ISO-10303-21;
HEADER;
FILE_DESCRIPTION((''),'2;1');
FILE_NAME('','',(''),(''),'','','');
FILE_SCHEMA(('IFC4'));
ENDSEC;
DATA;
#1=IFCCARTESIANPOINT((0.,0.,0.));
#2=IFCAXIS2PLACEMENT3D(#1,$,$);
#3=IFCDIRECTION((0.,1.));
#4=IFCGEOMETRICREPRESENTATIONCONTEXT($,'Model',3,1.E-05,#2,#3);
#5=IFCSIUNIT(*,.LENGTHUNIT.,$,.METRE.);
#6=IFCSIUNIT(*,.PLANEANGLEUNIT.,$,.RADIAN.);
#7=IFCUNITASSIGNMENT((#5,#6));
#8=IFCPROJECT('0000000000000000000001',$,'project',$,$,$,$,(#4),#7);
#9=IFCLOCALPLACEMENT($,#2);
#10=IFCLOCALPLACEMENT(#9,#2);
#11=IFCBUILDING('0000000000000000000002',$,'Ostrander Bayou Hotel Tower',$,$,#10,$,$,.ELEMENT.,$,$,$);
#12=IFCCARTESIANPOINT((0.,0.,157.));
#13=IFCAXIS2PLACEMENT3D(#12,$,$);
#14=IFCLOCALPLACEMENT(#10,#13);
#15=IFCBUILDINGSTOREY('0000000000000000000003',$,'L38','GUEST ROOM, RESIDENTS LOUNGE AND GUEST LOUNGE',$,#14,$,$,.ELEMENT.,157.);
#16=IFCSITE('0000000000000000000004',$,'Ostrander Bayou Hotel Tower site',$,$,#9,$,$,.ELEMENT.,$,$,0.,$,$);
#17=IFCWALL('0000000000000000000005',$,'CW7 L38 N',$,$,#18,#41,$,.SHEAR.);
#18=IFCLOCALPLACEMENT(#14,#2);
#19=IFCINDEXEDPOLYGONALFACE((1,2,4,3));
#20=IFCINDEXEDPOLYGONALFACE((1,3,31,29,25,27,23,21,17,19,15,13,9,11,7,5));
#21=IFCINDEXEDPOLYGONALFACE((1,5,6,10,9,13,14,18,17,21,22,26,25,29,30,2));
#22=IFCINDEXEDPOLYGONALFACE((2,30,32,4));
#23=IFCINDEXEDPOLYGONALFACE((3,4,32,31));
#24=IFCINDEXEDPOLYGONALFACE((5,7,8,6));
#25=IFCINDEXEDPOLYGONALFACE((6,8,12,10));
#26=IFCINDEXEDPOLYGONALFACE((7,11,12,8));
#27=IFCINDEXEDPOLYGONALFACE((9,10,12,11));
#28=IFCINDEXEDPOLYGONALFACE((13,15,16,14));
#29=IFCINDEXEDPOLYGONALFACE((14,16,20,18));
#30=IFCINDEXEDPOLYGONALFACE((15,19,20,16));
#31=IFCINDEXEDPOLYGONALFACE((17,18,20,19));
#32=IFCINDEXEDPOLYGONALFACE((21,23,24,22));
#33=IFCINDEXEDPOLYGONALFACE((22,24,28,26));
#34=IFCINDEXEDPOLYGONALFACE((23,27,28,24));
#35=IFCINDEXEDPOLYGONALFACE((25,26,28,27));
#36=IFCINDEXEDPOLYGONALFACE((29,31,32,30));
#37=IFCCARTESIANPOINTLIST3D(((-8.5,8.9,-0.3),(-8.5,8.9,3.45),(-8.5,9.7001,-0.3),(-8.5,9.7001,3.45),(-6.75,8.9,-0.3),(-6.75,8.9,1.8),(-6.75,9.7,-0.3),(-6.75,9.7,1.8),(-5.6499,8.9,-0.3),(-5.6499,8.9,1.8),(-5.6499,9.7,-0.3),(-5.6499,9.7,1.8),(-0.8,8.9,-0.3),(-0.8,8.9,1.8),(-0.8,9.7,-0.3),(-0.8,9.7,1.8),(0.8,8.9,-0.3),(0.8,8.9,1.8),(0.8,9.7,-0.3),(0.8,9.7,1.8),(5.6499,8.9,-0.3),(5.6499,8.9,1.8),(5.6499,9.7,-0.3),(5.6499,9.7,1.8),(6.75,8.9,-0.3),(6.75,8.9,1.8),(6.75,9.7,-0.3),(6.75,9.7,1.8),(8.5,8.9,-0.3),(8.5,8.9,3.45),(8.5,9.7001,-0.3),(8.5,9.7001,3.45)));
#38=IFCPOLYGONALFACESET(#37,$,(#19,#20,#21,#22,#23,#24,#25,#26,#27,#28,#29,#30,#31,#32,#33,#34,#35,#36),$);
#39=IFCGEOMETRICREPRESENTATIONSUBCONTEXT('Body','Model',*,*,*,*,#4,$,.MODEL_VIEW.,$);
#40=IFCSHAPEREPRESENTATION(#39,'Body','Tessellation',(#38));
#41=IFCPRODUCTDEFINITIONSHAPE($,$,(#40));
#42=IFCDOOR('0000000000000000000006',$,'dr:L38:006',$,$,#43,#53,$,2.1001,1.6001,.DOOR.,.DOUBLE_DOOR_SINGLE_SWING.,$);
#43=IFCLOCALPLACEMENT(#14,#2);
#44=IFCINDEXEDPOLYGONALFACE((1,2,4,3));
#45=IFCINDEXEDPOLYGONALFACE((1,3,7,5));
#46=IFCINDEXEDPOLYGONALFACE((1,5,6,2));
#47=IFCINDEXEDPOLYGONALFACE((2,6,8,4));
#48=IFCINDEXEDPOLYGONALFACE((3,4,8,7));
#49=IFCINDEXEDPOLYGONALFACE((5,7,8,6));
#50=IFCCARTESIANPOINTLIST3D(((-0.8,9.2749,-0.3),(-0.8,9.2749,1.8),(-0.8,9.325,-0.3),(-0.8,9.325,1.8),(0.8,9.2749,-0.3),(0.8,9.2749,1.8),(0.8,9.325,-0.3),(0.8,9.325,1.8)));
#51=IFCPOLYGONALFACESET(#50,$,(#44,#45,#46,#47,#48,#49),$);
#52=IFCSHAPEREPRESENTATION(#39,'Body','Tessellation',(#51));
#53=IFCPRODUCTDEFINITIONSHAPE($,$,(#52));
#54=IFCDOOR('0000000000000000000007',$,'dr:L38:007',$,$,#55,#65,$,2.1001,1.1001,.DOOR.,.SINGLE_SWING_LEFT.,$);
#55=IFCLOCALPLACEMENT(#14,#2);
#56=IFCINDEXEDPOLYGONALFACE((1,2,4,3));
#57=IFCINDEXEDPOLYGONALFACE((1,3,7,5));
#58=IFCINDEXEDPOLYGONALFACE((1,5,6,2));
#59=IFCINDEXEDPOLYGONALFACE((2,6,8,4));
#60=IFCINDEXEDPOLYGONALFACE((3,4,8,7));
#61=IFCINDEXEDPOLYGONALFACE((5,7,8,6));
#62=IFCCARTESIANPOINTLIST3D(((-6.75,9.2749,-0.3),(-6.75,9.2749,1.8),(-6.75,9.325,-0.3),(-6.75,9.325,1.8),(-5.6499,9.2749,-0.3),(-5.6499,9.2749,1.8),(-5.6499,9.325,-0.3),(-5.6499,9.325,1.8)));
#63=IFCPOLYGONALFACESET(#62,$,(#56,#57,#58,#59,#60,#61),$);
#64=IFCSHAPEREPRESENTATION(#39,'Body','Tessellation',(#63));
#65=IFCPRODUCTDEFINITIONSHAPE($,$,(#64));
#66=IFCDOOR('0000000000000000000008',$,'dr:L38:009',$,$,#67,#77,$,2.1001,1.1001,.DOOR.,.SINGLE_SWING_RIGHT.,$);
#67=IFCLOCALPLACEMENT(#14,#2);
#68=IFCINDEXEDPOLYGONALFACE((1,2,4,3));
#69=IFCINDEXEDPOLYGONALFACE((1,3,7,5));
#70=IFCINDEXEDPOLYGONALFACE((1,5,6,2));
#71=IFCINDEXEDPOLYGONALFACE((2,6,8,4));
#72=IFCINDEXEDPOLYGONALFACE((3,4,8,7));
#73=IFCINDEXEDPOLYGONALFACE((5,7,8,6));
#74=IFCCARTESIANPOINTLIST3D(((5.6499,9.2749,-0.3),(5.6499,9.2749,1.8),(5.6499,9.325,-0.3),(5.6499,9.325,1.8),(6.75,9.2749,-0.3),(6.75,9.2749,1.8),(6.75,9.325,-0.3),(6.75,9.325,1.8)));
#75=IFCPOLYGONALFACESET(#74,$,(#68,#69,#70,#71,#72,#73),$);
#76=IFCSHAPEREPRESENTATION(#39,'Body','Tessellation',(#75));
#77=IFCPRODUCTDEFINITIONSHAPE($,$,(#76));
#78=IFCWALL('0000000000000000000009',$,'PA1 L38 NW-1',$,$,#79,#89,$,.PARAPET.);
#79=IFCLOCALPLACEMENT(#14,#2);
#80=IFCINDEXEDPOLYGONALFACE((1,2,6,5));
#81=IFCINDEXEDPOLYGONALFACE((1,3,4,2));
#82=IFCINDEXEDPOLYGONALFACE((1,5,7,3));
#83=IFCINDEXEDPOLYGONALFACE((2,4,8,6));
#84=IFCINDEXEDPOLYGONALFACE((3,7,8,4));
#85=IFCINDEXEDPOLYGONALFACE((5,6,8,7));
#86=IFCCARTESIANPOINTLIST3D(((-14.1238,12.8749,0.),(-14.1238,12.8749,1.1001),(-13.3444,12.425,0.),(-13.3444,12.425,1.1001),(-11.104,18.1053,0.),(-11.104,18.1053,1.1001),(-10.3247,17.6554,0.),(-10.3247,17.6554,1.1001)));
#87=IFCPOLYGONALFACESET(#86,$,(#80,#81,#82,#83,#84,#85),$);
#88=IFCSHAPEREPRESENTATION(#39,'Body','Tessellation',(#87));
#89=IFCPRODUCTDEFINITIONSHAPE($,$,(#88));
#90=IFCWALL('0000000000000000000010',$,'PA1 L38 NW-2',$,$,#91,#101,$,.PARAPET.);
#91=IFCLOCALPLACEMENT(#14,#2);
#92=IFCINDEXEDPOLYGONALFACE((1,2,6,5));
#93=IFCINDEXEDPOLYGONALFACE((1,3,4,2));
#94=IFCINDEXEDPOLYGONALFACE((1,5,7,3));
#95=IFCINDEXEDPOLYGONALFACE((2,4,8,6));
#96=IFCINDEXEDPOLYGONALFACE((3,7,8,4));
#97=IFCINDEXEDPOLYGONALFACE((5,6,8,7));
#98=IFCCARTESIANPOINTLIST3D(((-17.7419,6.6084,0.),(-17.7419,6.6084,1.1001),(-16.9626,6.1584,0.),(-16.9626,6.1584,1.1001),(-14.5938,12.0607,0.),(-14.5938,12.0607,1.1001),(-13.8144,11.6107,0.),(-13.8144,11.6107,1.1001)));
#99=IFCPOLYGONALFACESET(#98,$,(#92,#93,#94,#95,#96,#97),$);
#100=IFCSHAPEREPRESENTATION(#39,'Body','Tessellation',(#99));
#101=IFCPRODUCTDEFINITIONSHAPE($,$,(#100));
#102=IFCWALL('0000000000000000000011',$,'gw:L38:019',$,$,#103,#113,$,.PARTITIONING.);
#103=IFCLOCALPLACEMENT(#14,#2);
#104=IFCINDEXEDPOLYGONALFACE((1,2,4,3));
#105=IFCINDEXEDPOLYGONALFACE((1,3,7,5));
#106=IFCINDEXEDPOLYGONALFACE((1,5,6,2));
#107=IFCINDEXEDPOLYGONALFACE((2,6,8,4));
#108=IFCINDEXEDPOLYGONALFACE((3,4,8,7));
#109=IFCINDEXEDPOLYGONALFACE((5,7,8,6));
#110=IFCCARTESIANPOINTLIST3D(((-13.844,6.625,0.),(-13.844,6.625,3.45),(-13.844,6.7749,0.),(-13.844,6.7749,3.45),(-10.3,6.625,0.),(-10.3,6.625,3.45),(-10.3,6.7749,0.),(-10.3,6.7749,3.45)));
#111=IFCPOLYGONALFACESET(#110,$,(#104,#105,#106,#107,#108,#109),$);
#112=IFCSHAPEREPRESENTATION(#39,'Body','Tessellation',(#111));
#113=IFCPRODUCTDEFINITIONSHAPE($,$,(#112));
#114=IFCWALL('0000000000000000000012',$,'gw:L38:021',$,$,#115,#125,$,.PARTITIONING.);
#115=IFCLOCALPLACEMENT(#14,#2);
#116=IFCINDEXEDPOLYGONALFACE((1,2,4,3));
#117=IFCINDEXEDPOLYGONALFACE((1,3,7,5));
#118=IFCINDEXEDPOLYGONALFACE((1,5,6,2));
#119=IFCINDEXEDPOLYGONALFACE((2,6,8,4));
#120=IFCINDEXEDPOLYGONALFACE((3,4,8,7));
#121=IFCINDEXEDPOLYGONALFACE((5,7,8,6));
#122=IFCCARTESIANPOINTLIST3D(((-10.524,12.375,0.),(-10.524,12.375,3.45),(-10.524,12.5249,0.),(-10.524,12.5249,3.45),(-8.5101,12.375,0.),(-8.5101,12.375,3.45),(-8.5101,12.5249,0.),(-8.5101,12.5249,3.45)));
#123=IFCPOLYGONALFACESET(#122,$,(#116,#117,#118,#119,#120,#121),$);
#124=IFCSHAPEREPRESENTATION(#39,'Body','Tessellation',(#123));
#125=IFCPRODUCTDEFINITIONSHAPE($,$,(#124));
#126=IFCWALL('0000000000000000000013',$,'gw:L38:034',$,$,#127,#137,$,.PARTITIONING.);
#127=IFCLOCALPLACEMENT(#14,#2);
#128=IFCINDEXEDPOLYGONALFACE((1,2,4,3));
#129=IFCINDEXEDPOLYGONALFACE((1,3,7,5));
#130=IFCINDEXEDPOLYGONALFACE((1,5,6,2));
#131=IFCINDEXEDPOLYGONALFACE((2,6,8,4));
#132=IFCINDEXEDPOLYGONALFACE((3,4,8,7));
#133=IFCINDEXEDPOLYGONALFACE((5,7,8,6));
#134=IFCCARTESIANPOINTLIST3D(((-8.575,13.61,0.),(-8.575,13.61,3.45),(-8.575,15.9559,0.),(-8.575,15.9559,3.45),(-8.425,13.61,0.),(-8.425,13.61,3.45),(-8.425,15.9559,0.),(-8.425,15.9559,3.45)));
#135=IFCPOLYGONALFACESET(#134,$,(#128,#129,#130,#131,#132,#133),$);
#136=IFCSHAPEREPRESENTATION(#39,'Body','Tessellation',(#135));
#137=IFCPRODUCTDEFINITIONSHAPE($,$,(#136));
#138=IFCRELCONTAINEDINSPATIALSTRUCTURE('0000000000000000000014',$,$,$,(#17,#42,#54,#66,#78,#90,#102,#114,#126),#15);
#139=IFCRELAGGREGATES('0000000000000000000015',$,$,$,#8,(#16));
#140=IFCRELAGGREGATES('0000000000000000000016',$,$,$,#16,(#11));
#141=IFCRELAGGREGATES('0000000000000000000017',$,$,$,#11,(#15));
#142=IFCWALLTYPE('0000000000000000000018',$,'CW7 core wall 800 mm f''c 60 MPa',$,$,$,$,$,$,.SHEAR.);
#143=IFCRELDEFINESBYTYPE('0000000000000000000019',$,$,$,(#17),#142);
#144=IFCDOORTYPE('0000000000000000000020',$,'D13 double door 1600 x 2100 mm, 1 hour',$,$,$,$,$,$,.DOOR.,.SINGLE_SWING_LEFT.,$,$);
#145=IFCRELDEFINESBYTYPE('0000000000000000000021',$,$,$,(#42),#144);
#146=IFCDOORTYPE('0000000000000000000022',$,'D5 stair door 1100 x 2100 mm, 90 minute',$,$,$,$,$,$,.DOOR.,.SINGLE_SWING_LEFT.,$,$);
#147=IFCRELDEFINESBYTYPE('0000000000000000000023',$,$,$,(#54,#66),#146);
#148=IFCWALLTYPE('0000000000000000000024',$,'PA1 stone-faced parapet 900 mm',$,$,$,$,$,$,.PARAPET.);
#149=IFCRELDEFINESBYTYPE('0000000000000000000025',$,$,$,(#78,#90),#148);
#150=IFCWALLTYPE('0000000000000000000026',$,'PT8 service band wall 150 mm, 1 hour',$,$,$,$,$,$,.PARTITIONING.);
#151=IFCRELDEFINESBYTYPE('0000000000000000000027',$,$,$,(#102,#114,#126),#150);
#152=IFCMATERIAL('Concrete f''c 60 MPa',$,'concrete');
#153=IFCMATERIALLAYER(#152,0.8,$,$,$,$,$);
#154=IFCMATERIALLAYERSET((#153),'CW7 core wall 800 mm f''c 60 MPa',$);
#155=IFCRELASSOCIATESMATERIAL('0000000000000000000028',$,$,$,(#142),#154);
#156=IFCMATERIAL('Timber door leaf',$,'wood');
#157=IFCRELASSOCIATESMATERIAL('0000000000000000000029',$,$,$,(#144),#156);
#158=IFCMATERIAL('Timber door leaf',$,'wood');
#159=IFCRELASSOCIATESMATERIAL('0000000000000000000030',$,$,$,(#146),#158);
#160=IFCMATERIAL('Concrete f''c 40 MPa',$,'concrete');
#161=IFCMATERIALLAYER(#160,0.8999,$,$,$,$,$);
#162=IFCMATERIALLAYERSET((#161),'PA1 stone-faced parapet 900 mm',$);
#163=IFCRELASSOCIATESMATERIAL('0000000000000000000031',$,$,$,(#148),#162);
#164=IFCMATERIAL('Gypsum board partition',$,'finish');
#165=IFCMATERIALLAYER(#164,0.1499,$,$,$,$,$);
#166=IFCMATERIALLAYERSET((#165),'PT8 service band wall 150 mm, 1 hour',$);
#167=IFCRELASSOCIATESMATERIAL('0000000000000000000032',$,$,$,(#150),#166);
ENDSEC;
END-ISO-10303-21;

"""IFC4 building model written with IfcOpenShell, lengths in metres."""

from ifc_helpers import new_model, si_unit, direction, frame, frame_2d, origin, place, context, subcontext, project, spatial, rectangle, extrude, material, layer, layer_set, type_object, element, fill, save


model = new_model("IFC4")

# Units and contexts
model_context = context("Model", 3, precision=1e-05, world=origin(), true_north=direction((0.0, 1.0)))
body_context = subcontext(model_context, "Body", "Model", "MODEL_VIEW")
ifc_project = project(units=[si_unit("LENGTHUNIT", "METRE"), si_unit("PLANEANGLEUNIT", "RADIAN")], contexts=[model_context])

# Site, building, storey
site_placement = place(None, origin())
site = spatial("IfcSite", under=ifc_project, at=site_placement, Name="Ostrander Bayou Hotel Tower site", CompositionType="ELEMENT", RefElevation=0.0)
building_placement = place(site_placement, origin())
building = spatial("IfcBuilding", under=site, at=building_placement, Name="Ostrander Bayou Hotel Tower", CompositionType="ELEMENT")
storey_placement = place(building_placement, frame((0.0, 0.0, 157.0)))
storey = spatial("IfcBuildingStorey", under=building, at=storey_placement, Name="L38", Description="GUEST ROOM, RESIDENTS LOUNGE AND GUEST LOUNGE", CompositionType="ELEMENT", Elevation=157.0)

# Wall, openings, doors
ifc_material_1 = material(Name="Concrete f'c 60 MPa", Category="concrete")
ifc_layer_1 = layer(ifc_material_1, 0.8)
ifc_layer_set_1 = layer_set([ifc_layer_1], Name="CW7 core wall 800 mm f'c 60 MPa")
wall_type_1 = type_object("IfcWallType", Name="CW7 core wall 800 mm f'c 60 MPa", PredefinedType="SHEAR", material=ifc_layer_set_1)
wall_1_placement = place(storey_placement, frame((-8.5, 9.3, -0.3), z_axis=(0.0, 0.0, 1.0), x_axis=(1.0, 0.0, 0.0)))
wall_1 = element("IfcWall", 1, at=wall_1_placement, inside=storey, type_object=wall_type_1, Name="CW7 L38 N", PredefinedType="SHEAR", context=body_context, shape_type="SweptSolid", body=[
    extrude(rectangle(XDim=17.0, YDim=0.8, at=frame_2d((8.5, 0.0))), origin(), (0.0, 0.0, 1.0), 3.75),
])
opening_1_placement = place(wall_1_placement, frame((7.7, 0.0, 0.0)))
opening_1 = element("IfcOpeningElement", 2, at=opening_1_placement, cuts=wall_1, PredefinedType="OPENING", context=body_context, shape_type="SweptSolid", body=[
    extrude(rectangle(XDim=1.6001, YDim=2.1001, at=frame_2d((0.8, 1.05))), frame((0.0, 0.3999, 0.0), z_axis=(0.0, -1.0, 0.0), x_axis=(1.0, 0.0, 0.0)), (0.0, 0.0, 1.0), 0.8),
])
opening_2_placement = place(wall_1_placement, frame((1.75, 0.0, 0.0)))
opening_2 = element("IfcOpeningElement", 3, at=opening_2_placement, cuts=wall_1, PredefinedType="OPENING", context=body_context, shape_type="SweptSolid", body=[
    extrude(rectangle(XDim=1.1001, YDim=2.1001, at=frame_2d((0.55, 1.05))), frame((0.0, 0.3999, 0.0), z_axis=(0.0, -1.0, 0.0), x_axis=(1.0, 0.0, 0.0)), (0.0, 0.0, 1.0), 0.8),
])
opening_3_placement = place(wall_1_placement, frame((14.1499, 0.0, 0.0)))
opening_3 = element("IfcOpeningElement", 4, at=opening_3_placement, cuts=wall_1, PredefinedType="OPENING", context=body_context, shape_type="SweptSolid", body=[
    extrude(rectangle(XDim=1.1001, YDim=2.1001, at=frame_2d((0.55, 1.05))), frame((0.0, 0.3999, 0.0), z_axis=(0.0, -1.0, 0.0), x_axis=(1.0, 0.0, 0.0)), (0.0, 0.0, 1.0), 0.8),
])
ifc_material_2 = material(Name="Timber door leaf", Category="wood")
door_type_1 = type_object("IfcDoorType", Name="D13 double door 1600 x 2100 mm, 1 hour", OperationType="SINGLE_SWING_LEFT", PredefinedType="DOOR", material=ifc_material_2)
door_1_placement = place(opening_1_placement, origin())
door_1 = element("IfcDoor", 5, at=door_1_placement, inside=storey, type_object=door_type_1, Name="dr:L38:006", OperationType="DOUBLE_DOOR_SINGLE_SWING", OverallHeight=2.1001, OverallWidth=1.6001, PredefinedType="DOOR", context=body_context, shape_type="SweptSolid", body=[
    extrude(rectangle(XDim=1.6001, YDim=2.1001, at=frame_2d((0.8, 1.05))), frame((0.0, 0.0249, 0.0), z_axis=(0.0, -1.0, 0.0), x_axis=(1.0, 0.0, 0.0)), (0.0, 0.0, 1.0), 0.05),
])
fill(opening_1, door_1)
ifc_material_3 = material(Name="Timber door leaf", Category="wood")
door_type_2 = type_object("IfcDoorType", Name="D5 stair door 1100 x 2100 mm, 90 minute", OperationType="SINGLE_SWING_LEFT", PredefinedType="DOOR", material=ifc_material_3)
door_2_placement = place(opening_2_placement, origin())
door_2 = element("IfcDoor", 6, at=door_2_placement, inside=storey, type_object=door_type_2, Name="dr:L38:007", OperationType="SINGLE_SWING_LEFT", OverallHeight=2.1001, OverallWidth=1.1001, PredefinedType="DOOR", context=body_context, shape_type="SweptSolid", body=[
    extrude(rectangle(XDim=1.1001, YDim=2.1001, at=frame_2d((0.55, 1.05))), frame((0.0, 0.0249, 0.0), z_axis=(0.0, -1.0, 0.0), x_axis=(1.0, 0.0, 0.0)), (0.0, 0.0, 1.0), 0.05),
])
fill(opening_2, door_2)
door_3_placement = place(opening_3_placement, origin())
door_3 = element("IfcDoor", 7, at=door_3_placement, inside=storey, type_object=door_type_2, Name="dr:L38:009", OperationType="SINGLE_SWING_RIGHT", OverallHeight=2.1001, OverallWidth=1.1001, PredefinedType="DOOR", context=body_context, shape_type="SweptSolid", body=[
    extrude(rectangle(XDim=1.1001, YDim=2.1001, at=frame_2d((0.55, 1.05))), frame((0.0, 0.0249, 0.0), z_axis=(0.0, -1.0, 0.0), x_axis=(1.0, 0.0, 0.0)), (0.0, 0.0, 1.0), 0.05),
])
fill(opening_3, door_3)

# Walls
ifc_material_4 = material(Name="Concrete f'c 40 MPa", Category="concrete")
ifc_layer_2 = layer(ifc_material_4, 0.8999)
ifc_layer_set_2 = layer_set([ifc_layer_2], Name="PA1 stone-faced parapet 900 mm")
wall_type_2 = type_object("IfcWallType", Name="PA1 stone-faced parapet 900 mm", PredefinedType="PARAPET", material=ifc_layer_set_2)
wall_2_placement = place(storey_placement, frame((-10.7144, 17.8804, 0.0), z_axis=(0.0, 0.0, 1.0), x_axis=(-0.499995, -0.866028, 0.0)))
element("IfcWall", 8, at=wall_2_placement, inside=storey, type_object=wall_type_2, Name="PA1 L38 NW-1", PredefinedType="PARAPET", context=body_context, shape_type="SweptSolid", body=[
    extrude(rectangle(XDim=6.0396, YDim=0.8999, at=frame_2d((3.0198, 0.0))), origin(), (0.0, 0.0, 1.0), 1.1001),
])
wall_3_placement = place(storey_placement, frame((-14.2041, 11.8357, 0.0), z_axis=(0.0, 0.0, 1.0), x_axis=(-0.50003, -0.866008, 0.0)))
element("IfcWall", 9, at=wall_3_placement, inside=storey, type_object=wall_type_2, Name="PA1 L38 NW-2", PredefinedType="PARAPET", context=body_context, shape_type="SweptSolid", body=[
    extrude(rectangle(XDim=6.2959, YDim=0.8999, at=frame_2d((3.1479, 0.0))), origin(), (0.0, 0.0, 1.0), 1.1001),
])

# Walls
ifc_material_5 = material(Name="Gypsum board partition", Category="finish")
ifc_layer_3 = layer(ifc_material_5, 0.1499)
ifc_layer_set_3 = layer_set([ifc_layer_3], Name="PT8 service band wall 150 mm, 1 hour")
wall_type_3 = type_object("IfcWallType", Name="PT8 service band wall 150 mm, 1 hour", PredefinedType="PARTITIONING", material=ifc_layer_set_3)
wall_4_placement = place(storey_placement, frame((-13.844, 6.7, 0.0), z_axis=(0.0, 0.0, 1.0), x_axis=(1.0, 0.0, 0.0)))
element("IfcWall", 10, at=wall_4_placement, inside=storey, type_object=wall_type_3, Name="gw:L38:019", PredefinedType="PARTITIONING", context=body_context, shape_type="SweptSolid", body=[
    extrude(rectangle(XDim=3.5439, YDim=0.1499, at=frame_2d((1.772, 0.0))), origin(), (0.0, 0.0, 1.0), 3.45),
])
wall_5_placement = place(storey_placement, frame((-10.5239, 12.45, 0.0), z_axis=(0.0, 0.0, 1.0), x_axis=(1.0, 0.0, 0.0)))
element("IfcWall", 11, at=wall_5_placement, inside=storey, type_object=wall_type_3, Name="gw:L38:021", PredefinedType="PARTITIONING", context=body_context, shape_type="SweptSolid", body=[
    extrude(rectangle(XDim=2.0139, YDim=0.1499, at=frame_2d((1.0068, 0.0))), origin(), (0.0, 0.0, 1.0), 3.45),
])
wall_6_placement = place(storey_placement, frame((-8.5, 13.6101, 0.0), z_axis=(0.0, 0.0, 1.0), x_axis=(0.0, 1.0, 0.0)))
element("IfcWall", 12, at=wall_6_placement, inside=storey, type_object=wall_type_3, Name="gw:L38:034", PredefinedType="PARTITIONING", context=body_context, shape_type="SweptSolid", body=[
    extrude(rectangle(XDim=2.3459, YDim=0.1499, at=frame_2d((1.1729, 0.0))), origin(), (0.0, 0.0, 1.0), 3.45),
])

save(model, "model.ifc")
